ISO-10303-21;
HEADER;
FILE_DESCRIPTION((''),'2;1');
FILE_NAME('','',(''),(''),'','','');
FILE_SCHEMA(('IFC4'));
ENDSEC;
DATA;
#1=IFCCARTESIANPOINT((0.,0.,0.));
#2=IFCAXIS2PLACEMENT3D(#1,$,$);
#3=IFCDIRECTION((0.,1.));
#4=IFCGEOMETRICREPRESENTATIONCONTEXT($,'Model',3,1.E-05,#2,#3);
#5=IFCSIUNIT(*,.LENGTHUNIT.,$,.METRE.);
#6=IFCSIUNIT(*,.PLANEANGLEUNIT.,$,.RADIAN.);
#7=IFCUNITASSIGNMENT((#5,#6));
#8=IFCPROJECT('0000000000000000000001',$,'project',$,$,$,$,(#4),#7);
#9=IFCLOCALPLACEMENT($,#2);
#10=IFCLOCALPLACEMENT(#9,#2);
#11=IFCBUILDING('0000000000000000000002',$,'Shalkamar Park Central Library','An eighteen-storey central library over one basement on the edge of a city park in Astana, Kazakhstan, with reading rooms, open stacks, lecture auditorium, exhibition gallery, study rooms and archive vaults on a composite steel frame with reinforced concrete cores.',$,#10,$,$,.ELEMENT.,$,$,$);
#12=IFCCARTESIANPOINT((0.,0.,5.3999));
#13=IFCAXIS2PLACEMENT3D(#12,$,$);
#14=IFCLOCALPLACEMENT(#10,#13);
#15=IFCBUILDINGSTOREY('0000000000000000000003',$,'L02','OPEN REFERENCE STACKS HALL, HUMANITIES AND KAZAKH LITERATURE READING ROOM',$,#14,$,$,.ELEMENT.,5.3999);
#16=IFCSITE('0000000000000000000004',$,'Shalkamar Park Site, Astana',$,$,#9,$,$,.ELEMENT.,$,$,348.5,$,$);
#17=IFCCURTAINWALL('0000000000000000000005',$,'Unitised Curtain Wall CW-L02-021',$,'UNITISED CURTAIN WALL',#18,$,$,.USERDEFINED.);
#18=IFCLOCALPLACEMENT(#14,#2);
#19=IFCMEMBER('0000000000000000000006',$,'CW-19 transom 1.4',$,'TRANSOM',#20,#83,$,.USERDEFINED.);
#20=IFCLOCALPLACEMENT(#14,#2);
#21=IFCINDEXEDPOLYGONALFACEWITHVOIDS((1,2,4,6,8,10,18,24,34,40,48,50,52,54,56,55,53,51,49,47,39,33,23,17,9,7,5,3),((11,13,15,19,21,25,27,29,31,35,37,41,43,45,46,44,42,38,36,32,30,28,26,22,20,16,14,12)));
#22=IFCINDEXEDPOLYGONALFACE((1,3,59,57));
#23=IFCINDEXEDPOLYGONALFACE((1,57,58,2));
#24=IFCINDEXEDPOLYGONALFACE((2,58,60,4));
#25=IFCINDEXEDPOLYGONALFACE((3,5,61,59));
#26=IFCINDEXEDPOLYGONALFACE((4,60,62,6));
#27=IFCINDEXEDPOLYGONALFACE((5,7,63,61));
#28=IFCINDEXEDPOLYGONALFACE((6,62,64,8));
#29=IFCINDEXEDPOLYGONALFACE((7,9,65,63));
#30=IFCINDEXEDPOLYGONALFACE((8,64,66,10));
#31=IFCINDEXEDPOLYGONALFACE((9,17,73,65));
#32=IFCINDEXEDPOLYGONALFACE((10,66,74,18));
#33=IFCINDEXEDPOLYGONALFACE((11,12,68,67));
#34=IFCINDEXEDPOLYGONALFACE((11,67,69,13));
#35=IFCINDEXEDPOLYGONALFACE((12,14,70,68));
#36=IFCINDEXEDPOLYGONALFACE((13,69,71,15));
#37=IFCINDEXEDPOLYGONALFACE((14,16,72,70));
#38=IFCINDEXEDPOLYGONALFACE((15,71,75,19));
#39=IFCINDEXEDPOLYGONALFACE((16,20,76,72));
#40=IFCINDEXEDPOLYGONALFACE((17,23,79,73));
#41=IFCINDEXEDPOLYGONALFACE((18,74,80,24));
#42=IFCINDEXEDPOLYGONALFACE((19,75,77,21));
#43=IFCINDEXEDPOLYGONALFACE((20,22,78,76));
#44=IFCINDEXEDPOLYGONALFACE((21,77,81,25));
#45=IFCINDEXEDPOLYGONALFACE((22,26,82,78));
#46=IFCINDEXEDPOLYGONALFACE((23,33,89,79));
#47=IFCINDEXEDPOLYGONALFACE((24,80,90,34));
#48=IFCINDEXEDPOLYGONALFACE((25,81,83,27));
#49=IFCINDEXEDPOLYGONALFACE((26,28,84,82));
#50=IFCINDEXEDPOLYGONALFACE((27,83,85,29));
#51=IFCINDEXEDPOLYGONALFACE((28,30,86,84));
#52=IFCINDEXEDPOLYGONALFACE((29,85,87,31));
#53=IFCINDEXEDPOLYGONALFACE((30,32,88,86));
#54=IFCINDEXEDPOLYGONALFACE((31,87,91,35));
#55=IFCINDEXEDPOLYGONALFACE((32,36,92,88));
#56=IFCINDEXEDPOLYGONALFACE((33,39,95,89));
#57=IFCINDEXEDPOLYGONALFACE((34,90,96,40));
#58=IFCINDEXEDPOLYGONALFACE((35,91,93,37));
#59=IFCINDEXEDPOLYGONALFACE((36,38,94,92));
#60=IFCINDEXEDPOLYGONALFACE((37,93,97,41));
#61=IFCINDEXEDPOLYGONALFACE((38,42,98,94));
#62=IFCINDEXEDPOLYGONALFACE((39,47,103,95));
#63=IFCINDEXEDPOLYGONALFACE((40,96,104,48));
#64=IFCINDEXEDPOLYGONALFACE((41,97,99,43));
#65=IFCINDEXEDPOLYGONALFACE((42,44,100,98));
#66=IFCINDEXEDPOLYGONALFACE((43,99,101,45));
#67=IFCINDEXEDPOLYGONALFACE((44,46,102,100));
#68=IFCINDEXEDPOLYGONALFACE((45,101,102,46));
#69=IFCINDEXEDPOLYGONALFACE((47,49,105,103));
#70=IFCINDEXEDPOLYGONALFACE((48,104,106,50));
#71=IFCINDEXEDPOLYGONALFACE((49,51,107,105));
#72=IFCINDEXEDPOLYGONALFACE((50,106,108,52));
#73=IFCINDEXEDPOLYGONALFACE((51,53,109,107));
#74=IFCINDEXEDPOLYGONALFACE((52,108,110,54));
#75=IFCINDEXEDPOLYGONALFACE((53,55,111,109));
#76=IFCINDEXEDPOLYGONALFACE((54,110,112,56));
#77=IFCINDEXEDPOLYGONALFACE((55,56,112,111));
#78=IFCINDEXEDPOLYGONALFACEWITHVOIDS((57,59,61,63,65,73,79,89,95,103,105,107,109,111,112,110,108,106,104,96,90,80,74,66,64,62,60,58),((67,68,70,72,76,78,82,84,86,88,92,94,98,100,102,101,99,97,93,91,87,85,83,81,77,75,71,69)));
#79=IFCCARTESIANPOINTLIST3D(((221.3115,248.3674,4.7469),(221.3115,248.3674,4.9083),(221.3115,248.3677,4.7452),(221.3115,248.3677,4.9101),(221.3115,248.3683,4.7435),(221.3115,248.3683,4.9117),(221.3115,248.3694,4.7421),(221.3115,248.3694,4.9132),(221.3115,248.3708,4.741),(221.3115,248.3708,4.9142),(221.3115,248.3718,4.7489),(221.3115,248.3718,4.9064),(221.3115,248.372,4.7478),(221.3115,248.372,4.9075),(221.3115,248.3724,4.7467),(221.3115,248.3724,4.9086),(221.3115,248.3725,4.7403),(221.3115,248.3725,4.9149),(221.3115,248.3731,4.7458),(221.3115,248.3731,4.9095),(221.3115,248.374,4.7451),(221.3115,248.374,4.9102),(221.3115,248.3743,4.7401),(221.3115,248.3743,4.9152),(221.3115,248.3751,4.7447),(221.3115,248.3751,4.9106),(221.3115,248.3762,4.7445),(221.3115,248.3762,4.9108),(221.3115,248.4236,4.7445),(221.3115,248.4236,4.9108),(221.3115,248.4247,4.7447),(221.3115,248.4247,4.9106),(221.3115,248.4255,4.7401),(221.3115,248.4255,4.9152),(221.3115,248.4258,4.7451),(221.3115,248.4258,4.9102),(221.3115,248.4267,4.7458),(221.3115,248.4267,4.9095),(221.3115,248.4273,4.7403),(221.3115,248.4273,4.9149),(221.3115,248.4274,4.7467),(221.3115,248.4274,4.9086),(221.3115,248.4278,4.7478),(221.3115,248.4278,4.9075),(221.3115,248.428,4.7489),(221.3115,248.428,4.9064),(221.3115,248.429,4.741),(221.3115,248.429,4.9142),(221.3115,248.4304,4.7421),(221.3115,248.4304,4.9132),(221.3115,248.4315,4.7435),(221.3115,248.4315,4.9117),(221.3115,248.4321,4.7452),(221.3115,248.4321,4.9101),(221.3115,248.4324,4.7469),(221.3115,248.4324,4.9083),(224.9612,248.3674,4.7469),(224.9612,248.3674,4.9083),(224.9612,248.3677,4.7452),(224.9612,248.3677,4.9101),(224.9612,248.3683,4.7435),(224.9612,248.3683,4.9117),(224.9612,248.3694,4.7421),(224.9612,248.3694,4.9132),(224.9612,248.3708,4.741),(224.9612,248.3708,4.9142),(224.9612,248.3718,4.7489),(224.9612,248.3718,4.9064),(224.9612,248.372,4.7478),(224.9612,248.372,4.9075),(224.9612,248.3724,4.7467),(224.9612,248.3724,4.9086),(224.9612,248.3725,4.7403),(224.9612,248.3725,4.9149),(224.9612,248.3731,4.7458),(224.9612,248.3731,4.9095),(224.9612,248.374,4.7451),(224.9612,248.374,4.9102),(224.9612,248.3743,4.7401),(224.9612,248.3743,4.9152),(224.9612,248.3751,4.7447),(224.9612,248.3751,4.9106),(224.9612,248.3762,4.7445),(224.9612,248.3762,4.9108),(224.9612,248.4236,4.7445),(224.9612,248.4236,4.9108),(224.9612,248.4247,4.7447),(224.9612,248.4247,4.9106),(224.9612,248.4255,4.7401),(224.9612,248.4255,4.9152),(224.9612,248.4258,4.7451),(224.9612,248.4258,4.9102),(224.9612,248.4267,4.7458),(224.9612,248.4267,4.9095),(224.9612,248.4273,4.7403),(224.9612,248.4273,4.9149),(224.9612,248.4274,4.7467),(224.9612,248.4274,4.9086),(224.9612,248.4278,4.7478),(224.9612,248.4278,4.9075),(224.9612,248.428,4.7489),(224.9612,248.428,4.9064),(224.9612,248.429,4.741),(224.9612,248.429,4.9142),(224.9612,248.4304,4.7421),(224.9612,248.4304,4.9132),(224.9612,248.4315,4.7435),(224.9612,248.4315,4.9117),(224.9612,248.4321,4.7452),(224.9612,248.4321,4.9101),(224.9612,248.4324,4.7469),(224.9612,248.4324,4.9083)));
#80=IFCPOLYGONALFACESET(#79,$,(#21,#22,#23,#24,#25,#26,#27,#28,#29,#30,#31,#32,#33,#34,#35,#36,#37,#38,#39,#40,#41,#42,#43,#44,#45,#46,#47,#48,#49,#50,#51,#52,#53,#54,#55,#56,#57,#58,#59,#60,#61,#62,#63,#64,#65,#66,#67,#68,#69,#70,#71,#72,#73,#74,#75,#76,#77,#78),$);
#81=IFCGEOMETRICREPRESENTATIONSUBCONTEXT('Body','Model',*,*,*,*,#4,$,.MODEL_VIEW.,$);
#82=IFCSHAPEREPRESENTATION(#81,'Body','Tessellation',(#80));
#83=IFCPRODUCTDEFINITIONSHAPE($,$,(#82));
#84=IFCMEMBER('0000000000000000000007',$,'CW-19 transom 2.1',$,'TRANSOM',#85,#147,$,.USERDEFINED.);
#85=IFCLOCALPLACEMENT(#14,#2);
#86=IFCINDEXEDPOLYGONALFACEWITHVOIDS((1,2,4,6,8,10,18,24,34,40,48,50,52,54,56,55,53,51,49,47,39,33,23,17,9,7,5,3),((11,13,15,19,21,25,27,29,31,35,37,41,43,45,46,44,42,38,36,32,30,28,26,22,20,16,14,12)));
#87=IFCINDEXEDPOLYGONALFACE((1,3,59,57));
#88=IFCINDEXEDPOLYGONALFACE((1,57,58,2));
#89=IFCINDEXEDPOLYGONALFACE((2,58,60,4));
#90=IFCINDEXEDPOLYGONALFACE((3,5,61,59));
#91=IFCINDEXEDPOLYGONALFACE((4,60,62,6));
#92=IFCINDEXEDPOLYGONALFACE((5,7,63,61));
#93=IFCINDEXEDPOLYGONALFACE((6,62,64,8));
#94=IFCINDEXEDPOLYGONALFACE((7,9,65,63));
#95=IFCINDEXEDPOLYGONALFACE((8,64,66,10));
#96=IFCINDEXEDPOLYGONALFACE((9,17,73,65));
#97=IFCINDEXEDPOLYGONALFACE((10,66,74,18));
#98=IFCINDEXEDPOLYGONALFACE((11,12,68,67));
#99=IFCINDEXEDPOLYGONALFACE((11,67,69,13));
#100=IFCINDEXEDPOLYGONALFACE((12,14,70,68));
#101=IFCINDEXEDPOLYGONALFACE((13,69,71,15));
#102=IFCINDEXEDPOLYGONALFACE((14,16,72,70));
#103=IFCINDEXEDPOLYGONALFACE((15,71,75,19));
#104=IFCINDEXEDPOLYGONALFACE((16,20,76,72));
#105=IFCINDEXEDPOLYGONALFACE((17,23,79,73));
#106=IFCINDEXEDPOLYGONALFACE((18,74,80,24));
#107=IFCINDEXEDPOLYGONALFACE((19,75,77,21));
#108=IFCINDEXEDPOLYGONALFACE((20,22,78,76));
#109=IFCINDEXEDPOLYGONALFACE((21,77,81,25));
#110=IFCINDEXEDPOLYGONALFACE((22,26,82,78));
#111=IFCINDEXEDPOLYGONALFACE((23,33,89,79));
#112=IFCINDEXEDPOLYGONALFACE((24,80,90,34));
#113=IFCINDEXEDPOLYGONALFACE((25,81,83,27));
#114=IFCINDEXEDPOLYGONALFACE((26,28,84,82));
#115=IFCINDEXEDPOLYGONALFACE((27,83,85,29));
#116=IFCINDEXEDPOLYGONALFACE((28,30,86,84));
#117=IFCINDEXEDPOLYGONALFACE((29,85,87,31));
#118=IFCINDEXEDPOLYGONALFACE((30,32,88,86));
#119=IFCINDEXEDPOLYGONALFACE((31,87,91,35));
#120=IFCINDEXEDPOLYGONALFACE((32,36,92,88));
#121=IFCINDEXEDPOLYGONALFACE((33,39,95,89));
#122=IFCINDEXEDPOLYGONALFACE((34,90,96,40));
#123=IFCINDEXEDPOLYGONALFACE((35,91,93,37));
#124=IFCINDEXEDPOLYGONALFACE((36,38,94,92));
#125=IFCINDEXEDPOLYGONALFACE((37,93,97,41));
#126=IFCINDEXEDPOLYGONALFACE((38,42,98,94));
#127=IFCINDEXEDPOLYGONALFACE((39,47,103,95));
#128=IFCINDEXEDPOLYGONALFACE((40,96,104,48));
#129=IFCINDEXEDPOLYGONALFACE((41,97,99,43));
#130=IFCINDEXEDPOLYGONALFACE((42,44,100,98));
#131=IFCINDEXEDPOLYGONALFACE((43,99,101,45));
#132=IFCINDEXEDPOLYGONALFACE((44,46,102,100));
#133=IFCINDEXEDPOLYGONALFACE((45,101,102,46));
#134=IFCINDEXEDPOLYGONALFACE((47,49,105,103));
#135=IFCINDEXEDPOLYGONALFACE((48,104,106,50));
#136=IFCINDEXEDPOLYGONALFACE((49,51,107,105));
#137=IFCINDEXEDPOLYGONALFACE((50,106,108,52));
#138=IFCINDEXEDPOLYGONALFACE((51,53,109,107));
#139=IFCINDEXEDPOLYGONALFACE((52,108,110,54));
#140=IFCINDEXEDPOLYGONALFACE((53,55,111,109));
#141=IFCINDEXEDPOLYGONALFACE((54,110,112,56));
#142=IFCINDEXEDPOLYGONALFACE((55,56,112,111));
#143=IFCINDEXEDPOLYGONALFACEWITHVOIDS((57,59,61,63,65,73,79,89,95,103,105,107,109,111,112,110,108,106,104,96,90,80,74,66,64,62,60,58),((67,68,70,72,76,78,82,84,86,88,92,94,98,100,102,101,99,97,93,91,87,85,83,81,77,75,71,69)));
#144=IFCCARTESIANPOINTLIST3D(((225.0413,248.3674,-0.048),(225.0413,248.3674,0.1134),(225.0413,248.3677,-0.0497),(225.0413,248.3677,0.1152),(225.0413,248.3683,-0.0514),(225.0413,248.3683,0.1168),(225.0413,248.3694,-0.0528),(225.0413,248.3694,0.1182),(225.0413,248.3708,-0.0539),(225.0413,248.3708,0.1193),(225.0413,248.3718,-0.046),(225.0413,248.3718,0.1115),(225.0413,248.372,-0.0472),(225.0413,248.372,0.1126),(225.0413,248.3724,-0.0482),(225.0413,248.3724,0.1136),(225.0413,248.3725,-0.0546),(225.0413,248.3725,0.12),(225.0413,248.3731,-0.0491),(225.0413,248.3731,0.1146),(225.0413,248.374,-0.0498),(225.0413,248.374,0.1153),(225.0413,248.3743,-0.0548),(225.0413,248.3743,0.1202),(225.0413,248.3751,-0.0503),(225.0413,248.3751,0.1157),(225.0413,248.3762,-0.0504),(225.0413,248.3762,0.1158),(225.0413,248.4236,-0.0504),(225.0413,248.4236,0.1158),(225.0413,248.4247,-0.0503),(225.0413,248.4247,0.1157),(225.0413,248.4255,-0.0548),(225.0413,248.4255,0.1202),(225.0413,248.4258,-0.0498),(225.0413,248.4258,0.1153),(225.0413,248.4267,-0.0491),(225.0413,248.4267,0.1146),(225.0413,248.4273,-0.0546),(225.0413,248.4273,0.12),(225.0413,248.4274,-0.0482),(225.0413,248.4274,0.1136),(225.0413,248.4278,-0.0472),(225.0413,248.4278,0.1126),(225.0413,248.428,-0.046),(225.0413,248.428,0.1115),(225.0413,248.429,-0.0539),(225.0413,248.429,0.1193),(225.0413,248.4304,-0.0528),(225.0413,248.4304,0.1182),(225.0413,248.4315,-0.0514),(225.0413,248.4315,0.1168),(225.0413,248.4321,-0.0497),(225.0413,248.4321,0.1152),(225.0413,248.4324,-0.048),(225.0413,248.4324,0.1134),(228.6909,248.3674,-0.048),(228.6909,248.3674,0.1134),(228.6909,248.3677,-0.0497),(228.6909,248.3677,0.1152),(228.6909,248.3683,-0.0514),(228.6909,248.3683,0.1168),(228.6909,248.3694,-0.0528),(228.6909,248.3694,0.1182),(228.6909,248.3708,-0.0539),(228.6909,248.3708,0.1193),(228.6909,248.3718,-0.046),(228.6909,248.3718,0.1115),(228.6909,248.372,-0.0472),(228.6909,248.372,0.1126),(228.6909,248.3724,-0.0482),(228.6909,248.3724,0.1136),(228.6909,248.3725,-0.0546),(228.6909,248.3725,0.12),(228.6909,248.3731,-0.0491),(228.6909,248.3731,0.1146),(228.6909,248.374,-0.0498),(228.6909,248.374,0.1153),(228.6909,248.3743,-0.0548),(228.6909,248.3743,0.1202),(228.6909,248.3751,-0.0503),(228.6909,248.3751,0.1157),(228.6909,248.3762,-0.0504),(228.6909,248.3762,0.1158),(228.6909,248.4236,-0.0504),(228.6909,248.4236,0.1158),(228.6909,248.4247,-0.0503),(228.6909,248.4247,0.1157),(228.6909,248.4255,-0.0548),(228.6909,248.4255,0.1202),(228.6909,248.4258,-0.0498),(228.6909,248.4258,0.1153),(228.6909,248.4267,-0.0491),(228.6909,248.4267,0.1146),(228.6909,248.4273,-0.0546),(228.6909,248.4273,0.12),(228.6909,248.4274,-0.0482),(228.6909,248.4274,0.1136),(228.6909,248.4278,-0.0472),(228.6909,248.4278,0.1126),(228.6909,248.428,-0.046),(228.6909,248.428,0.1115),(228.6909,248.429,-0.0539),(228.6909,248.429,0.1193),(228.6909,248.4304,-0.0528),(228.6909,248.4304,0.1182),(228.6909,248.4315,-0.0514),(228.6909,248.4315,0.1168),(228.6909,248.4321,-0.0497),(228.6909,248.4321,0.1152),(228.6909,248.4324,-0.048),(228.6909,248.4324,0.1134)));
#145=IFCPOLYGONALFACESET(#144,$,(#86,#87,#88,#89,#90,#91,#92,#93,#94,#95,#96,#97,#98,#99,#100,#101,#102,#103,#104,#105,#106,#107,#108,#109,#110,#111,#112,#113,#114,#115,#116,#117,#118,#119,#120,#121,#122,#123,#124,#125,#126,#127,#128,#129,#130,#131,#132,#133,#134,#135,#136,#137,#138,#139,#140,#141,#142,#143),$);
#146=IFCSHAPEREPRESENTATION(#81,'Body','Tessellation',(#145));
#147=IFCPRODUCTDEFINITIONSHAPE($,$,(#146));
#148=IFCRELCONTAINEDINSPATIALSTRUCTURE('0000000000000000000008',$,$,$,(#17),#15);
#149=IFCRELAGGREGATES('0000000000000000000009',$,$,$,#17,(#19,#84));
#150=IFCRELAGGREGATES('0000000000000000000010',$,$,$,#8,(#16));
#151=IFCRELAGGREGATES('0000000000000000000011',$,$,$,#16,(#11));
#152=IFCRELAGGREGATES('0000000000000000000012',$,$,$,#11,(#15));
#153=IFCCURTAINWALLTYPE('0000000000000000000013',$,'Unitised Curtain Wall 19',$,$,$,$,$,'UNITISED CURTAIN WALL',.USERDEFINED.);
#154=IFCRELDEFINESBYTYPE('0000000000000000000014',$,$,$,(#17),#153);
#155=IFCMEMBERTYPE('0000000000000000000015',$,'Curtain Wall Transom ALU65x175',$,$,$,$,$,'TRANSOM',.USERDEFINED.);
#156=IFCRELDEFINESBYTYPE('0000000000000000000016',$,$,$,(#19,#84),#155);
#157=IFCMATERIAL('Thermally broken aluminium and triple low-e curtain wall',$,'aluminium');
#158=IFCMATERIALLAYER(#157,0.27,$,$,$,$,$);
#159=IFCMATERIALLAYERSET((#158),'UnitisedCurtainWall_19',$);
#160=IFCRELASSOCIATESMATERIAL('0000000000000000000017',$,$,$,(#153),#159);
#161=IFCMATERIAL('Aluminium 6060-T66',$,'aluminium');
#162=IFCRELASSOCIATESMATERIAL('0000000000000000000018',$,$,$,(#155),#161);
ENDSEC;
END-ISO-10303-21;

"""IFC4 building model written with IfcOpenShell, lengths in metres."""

from ifc_helpers import new_model, si_unit, direction, frame, origin, origin_2d, place, context, subcontext, project, spatial, hollow_rectangle, extrude, material, layer, layer_set, material_profile, profile_set, type_object, element, aggregate, save


model = new_model("IFC4")

# Units and contexts
model_context = context("Model", 3, precision=1e-05, world=origin(), true_north=direction((0.0, 1.0)))
body_context = subcontext(model_context, "Body", "Model", "MODEL_VIEW")
ifc_project = project(units=[si_unit("LENGTHUNIT", "METRE"), si_unit("PLANEANGLEUNIT", "RADIAN")], contexts=[model_context])

# Site, building, storey
site_placement = place(None, origin())
site = spatial("IfcSite", under=ifc_project, at=site_placement, Name="Shalkamar Park Site, Astana", CompositionType="ELEMENT", RefElevation=348.5)
building_placement = place(site_placement, origin())
building = spatial("IfcBuilding", under=site, at=building_placement, Name="Shalkamar Park Central Library", Description="An eighteen-storey central library over one basement on the edge of a city park in Astana, Kazakhstan, with reading rooms, open stacks, lecture auditorium, exhibition gallery, study rooms and archive vaults on a composite steel frame with reinforced concrete cores.", CompositionType="ELEMENT")
storey_placement = place(building_placement, frame((0.0, 0.0, 5.3999)))
storey = spatial("IfcBuildingStorey", under=building, at=storey_placement, Name="L02", Description="OPEN REFERENCE STACKS HALL, HUMANITIES AND KAZAKH LITERATURE READING ROOM", CompositionType="ELEMENT", Elevation=5.3999)

# Curtain wall, members
ifc_material_1 = material(Name="Thermally broken aluminium and triple low-e curtain wall", Category="aluminium")
ifc_layer_1 = layer(ifc_material_1, 0.27)
ifc_layer_set_1 = layer_set([ifc_layer_1], Name="UnitisedCurtainWall_19")
curtain_wall_type = type_object("IfcCurtainWallType", Name="Unitised Curtain Wall 19", ElementType="UNITISED CURTAIN WALL", PredefinedType="USERDEFINED", material=ifc_layer_set_1)
curtain_wall_placement = place(storey_placement, origin())
curtain_wall = element("IfcCurtainWall", 1, at=curtain_wall_placement, inside=storey, type_object=curtain_wall_type, Name="Unitised Curtain Wall CW-L02-021", ObjectType="UNITISED CURTAIN WALL", PredefinedType="USERDEFINED")
ifc_material_2 = material(Name="Aluminium 6060-T66", Category="aluminium")
ifc_material_profile_1 = material_profile(ifc_material_2, hollow_rectangle(XDim=0.0649, YDim=0.175, WallThickness=0.0044, InnerFilletRadius=0.0044, OuterFilletRadius=0.0068, at=origin_2d()), Name="ALU 65x175x4.5")
ifc_profile_set_1 = profile_set([ifc_material_profile_1], Name="Aluminium 6060-T66")
member_type_1 = type_object("IfcMemberType", Name="Curtain Wall Transom ALU65x175", ElementType="TRANSOM", PredefinedType="USERDEFINED", material=ifc_profile_set_1)
member_1_placement = place(storey_placement, frame((221.3115, 248.3999, 4.8276), z_axis=(1.0, 0.0, 0.0), x_axis=(0.0, 1.0, 0.0)))
member_1 = element("IfcMember", 2, at=member_1_placement, type_object=member_type_1, Name="CW-19 transom 1.4", ObjectType="TRANSOM", PredefinedType="USERDEFINED", context=body_context, shape_type="SweptSolid", body=[
    extrude(hollow_rectangle(XDim=0.0649, YDim=0.175, WallThickness=0.0044, InnerFilletRadius=0.0044, OuterFilletRadius=0.0068, at=origin_2d()), origin(), (0.0, 0.0, 1.0), 3.6497),
])
member_2_placement = place(storey_placement, frame((225.0413, 248.3999, 0.0327), z_axis=(1.0, 0.0, 0.0), x_axis=(0.0, 1.0, 0.0)))
member_2 = element("IfcMember", 3, at=member_2_placement, type_object=member_type_1, Name="CW-19 transom 2.1", ObjectType="TRANSOM", PredefinedType="USERDEFINED", context=body_context, shape_type="SweptSolid", body=[
    extrude(hollow_rectangle(XDim=0.0649, YDim=0.175, WallThickness=0.0044, InnerFilletRadius=0.0044, OuterFilletRadius=0.0068, at=origin_2d()), origin(), (0.0, 0.0, 1.0), 3.6497),
])

aggregate(curtain_wall, [member_1, member_2])

save(model, "model.ifc")
